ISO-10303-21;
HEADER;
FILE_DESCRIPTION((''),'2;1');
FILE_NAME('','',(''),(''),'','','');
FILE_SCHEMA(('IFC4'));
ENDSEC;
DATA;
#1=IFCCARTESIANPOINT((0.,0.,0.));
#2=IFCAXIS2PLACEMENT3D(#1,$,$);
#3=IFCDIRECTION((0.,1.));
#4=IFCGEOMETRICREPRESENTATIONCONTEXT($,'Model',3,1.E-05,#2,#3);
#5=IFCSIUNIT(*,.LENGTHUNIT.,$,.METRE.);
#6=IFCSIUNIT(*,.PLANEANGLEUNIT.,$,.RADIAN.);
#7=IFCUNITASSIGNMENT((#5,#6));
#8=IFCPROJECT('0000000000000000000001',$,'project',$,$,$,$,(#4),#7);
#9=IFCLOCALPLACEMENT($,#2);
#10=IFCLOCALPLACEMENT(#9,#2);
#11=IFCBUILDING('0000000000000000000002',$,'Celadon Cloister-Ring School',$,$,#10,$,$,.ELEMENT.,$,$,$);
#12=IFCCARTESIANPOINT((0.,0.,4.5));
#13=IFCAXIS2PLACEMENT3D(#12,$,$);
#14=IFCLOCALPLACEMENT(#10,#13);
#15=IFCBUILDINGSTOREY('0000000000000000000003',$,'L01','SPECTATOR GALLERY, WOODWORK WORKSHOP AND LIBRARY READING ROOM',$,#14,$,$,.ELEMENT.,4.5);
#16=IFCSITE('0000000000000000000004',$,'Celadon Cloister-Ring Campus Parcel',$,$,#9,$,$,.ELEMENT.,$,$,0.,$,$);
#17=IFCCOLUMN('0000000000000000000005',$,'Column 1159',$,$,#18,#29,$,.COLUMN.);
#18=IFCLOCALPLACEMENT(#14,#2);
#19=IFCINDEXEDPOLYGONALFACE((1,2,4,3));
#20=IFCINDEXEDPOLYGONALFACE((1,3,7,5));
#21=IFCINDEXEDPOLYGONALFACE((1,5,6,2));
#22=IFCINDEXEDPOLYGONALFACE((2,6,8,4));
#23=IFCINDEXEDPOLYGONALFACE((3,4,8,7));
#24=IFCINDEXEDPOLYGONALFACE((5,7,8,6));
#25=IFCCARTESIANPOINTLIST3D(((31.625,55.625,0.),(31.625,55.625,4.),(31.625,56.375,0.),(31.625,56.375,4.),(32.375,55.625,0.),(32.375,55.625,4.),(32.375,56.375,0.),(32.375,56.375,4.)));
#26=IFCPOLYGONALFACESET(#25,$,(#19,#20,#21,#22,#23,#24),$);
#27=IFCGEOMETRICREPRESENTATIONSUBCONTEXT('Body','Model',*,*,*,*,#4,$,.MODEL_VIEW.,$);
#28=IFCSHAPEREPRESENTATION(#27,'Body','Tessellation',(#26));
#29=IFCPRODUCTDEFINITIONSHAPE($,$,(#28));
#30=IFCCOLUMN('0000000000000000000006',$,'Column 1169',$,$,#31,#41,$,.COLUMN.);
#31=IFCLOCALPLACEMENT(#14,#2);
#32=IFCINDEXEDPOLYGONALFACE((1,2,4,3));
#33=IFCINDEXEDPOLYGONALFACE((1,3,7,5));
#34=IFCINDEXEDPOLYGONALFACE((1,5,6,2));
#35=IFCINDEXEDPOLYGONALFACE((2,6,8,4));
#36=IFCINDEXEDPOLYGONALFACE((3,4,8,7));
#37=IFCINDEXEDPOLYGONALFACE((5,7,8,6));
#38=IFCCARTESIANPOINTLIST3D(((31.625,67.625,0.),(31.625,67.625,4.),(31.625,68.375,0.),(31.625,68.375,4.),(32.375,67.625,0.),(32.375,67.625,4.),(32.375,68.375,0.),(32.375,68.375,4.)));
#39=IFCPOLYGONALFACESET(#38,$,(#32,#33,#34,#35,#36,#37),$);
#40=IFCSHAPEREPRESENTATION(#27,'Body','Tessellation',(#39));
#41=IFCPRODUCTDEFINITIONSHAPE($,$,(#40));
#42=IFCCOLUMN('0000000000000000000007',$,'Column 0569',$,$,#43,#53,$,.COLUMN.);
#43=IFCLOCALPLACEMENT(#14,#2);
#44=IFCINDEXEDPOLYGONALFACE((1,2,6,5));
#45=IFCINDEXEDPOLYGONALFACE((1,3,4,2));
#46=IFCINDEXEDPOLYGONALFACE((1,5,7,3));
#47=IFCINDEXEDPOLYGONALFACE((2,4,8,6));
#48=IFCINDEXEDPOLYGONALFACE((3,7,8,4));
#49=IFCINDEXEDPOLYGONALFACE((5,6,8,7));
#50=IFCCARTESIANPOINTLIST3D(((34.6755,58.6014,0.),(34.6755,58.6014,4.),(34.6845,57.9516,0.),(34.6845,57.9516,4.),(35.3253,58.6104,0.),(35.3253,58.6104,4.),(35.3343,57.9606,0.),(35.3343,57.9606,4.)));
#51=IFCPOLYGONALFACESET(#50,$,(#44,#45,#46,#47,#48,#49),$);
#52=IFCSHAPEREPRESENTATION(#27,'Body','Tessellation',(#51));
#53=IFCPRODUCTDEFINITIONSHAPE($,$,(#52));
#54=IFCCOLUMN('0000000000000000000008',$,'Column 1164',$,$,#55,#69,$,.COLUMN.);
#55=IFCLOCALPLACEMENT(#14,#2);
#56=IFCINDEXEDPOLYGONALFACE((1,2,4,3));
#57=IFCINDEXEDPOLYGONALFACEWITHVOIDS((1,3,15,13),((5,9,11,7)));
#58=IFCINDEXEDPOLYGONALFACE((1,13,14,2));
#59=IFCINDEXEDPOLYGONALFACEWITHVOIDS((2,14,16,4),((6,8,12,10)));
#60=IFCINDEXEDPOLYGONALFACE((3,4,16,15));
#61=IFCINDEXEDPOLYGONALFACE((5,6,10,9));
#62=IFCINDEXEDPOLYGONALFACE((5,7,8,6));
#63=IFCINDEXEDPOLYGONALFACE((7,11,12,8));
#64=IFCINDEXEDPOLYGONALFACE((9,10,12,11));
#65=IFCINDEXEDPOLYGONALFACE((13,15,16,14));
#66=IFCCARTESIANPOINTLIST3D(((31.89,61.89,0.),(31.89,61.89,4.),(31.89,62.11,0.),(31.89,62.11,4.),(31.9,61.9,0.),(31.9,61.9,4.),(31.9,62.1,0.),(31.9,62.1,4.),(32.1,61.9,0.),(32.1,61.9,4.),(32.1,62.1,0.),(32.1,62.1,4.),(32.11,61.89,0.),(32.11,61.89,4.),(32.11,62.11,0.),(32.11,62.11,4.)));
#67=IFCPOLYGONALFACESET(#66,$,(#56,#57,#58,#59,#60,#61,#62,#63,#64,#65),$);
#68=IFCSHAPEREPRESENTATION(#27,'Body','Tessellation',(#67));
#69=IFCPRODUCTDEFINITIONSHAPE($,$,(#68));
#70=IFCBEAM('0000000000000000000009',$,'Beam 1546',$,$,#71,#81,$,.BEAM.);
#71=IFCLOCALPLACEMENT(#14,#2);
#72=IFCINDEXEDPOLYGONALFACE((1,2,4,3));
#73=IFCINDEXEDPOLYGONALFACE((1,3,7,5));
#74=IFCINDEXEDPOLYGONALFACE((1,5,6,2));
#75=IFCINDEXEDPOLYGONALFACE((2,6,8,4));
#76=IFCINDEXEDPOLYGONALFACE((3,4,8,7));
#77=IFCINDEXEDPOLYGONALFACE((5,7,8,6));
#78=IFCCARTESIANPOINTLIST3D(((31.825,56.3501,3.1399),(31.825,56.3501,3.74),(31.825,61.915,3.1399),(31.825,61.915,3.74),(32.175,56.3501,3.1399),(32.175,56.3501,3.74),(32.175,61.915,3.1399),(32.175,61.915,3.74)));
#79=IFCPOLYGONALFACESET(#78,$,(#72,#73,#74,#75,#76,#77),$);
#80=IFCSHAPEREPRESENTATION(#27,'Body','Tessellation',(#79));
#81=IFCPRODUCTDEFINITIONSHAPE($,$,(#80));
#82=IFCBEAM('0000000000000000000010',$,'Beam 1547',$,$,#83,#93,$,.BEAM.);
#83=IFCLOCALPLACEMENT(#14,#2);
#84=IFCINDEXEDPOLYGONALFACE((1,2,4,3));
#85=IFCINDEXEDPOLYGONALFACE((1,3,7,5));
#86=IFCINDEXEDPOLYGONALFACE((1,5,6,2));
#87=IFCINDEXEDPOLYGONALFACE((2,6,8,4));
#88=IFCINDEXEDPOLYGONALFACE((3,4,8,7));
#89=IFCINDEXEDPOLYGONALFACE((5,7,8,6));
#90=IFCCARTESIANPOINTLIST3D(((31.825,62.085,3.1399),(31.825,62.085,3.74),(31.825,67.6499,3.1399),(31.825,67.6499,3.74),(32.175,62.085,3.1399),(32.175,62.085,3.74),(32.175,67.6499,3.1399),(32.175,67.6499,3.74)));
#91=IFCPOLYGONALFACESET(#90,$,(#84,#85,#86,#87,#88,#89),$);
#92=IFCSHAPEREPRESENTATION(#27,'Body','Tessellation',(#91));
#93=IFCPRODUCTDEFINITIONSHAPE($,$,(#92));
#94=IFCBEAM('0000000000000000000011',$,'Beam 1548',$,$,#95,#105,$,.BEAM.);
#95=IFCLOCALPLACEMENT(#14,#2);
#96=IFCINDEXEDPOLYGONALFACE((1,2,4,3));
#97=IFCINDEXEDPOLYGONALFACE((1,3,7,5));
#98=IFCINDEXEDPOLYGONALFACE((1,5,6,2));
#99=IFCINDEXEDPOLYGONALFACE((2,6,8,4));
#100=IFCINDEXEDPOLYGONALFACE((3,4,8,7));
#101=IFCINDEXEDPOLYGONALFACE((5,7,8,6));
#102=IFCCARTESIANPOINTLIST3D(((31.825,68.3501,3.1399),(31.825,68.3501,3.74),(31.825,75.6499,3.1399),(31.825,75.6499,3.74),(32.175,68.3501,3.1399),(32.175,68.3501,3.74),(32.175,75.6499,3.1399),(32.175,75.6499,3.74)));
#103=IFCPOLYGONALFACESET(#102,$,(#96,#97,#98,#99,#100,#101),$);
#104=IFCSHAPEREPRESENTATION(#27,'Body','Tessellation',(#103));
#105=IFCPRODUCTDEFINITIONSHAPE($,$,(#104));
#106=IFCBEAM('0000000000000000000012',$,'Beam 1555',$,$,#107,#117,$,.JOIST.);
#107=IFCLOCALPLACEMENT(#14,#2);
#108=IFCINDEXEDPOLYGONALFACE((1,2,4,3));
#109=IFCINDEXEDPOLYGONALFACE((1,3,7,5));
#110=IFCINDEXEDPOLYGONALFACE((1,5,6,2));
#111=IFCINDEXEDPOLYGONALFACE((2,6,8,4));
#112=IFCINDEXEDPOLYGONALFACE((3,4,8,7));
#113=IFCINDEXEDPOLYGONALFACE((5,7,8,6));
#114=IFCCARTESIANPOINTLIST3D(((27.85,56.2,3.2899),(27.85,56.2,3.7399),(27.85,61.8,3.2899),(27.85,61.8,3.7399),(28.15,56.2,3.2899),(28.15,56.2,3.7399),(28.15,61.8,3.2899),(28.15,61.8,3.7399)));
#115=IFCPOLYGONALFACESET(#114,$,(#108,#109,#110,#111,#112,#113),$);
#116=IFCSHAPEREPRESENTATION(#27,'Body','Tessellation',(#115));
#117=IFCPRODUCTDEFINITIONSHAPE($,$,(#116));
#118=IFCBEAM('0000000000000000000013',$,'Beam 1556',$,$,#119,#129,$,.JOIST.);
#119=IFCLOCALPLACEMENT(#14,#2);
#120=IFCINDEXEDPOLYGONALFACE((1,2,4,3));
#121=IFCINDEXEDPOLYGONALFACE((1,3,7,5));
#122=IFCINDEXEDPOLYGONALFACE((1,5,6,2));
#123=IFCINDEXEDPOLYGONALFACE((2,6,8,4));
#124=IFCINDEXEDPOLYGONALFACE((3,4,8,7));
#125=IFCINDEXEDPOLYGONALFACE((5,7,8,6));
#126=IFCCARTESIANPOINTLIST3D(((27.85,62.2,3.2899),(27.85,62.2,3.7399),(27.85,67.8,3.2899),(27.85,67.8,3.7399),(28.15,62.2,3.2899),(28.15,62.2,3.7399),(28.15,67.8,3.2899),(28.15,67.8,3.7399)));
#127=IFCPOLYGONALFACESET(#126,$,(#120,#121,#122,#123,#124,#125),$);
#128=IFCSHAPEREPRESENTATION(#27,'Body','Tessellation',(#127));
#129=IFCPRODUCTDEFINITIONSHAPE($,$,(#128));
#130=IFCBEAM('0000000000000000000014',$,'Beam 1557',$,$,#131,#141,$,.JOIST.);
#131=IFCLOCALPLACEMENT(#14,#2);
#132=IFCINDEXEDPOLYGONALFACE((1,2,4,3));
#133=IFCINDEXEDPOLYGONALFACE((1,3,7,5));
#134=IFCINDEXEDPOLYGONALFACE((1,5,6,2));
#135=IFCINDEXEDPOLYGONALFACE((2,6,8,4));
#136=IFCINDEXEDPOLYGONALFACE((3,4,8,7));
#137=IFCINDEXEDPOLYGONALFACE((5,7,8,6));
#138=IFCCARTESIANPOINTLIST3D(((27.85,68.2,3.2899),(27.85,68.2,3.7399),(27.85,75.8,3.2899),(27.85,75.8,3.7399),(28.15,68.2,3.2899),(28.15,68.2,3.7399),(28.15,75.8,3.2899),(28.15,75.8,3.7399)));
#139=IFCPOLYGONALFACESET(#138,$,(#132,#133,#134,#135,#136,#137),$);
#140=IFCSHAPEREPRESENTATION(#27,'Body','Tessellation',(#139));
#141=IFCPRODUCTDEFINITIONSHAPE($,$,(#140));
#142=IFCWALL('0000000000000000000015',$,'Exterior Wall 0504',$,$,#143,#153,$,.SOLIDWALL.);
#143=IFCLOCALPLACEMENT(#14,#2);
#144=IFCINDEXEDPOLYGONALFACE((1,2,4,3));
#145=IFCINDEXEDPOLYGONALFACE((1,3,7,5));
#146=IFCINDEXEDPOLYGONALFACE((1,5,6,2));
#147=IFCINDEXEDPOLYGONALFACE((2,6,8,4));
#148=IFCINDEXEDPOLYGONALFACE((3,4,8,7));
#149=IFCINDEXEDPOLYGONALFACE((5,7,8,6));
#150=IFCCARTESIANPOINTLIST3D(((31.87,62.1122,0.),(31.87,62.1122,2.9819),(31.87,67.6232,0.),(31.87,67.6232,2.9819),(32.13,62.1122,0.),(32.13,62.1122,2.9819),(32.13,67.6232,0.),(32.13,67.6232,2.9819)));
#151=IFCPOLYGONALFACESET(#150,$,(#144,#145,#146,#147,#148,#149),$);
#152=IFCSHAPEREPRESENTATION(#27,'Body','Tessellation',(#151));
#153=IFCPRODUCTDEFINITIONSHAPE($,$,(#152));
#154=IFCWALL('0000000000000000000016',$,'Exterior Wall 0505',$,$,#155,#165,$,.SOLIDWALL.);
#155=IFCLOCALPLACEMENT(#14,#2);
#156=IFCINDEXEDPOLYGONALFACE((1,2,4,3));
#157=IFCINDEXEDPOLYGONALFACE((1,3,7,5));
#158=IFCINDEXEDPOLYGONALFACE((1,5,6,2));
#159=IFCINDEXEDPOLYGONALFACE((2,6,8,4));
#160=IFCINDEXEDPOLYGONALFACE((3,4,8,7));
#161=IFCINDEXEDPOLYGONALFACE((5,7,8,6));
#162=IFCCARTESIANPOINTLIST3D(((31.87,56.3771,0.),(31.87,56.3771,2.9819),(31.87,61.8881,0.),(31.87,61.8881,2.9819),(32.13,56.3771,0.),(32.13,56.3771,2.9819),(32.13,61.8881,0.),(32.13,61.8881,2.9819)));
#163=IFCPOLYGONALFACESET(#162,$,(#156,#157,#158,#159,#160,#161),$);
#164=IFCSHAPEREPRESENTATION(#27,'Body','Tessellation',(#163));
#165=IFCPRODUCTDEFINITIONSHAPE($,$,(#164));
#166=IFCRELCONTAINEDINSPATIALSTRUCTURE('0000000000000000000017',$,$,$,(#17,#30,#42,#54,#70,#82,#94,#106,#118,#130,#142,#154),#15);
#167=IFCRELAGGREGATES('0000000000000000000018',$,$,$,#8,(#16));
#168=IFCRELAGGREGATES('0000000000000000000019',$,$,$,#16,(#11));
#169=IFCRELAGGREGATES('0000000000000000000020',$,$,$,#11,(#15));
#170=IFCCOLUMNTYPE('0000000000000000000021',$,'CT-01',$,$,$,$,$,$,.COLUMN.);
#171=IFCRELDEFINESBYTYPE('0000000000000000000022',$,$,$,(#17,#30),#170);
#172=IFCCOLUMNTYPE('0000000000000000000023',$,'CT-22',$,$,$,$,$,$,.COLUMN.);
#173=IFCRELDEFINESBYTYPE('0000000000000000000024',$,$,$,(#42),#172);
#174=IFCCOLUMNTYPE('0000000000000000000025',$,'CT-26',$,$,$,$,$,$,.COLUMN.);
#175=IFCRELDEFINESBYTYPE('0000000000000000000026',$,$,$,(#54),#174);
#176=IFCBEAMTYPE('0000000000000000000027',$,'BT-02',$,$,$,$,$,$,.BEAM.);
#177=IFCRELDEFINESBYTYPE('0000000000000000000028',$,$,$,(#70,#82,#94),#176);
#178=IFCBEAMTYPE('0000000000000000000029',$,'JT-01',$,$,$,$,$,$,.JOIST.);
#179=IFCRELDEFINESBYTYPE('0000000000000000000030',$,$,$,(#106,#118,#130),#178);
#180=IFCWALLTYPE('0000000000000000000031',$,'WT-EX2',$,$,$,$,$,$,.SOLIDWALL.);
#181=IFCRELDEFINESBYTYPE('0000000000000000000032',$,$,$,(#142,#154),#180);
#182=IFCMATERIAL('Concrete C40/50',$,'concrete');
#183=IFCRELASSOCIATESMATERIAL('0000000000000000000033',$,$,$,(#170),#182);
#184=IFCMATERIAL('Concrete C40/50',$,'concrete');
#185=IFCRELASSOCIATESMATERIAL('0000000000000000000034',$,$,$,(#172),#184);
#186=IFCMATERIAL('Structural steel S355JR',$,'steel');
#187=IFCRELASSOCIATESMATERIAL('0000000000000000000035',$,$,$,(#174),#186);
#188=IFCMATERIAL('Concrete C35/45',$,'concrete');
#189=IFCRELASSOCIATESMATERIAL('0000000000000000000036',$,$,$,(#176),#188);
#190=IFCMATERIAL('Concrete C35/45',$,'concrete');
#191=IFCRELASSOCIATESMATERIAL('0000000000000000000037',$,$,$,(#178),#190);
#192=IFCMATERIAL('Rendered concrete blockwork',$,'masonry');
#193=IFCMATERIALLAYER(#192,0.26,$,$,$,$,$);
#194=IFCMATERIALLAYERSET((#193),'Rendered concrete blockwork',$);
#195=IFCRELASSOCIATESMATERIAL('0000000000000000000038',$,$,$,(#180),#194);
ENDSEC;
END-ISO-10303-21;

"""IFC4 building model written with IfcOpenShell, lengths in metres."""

from ifc_helpers import new_model, si_unit, direction, frame, frame_2d, origin, origin_2d, place, context, subcontext, project, spatial, rectangle, hollow_rectangle, extrude, material, layer, layer_set, material_profile, profile_set, type_object, element, save


model = new_model("IFC4")

# Units and contexts
model_context = context("Model", 3, precision=1e-05, world=origin(), true_north=direction((0.0, 1.0)))
body_context = subcontext(model_context, "Body", "Model", "MODEL_VIEW")
ifc_project = project(units=[si_unit("LENGTHUNIT", "METRE"), si_unit("PLANEANGLEUNIT", "RADIAN")], contexts=[model_context])

# Site, building, storey
site_placement = place(None, origin())
site = spatial("IfcSite", under=ifc_project, at=site_placement, Name="Celadon Cloister-Ring Campus Parcel", CompositionType="ELEMENT", RefElevation=0.0)
building_placement = place(site_placement, origin())
building = spatial("IfcBuilding", under=site, at=building_placement, Name="Celadon Cloister-Ring School", CompositionType="ELEMENT")
storey_placement = place(building_placement, frame((0.0, 0.0, 4.5)))
storey = spatial("IfcBuildingStorey", under=building, at=storey_placement, Name="L01", Description="SPECTATOR GALLERY, WOODWORK WORKSHOP AND LIBRARY READING ROOM", CompositionType="ELEMENT", Elevation=4.5)

# Columns
ifc_material_1 = material(Name="Concrete C40/50", Category="concrete")
ifc_material_profile_1 = material_profile(ifc_material_1, rectangle(XDim=0.75, YDim=0.75, at=origin_2d()), Name="RC750X750")
ifc_profile_set_1 = profile_set([ifc_material_profile_1], Name="Concrete C40/50")
column_type_1 = type_object("IfcColumnType", Name="CT-01", PredefinedType="COLUMN", material=ifc_profile_set_1)
for number, where, z_axis, x_axis, name in (
    (1, (32.0, 56.0, 0.0), (0.0, 0.0, 1.0), (1.0, 0.0, 0.0), "Column 1159"),
    (2, (32.0, 68.0, 0.0), (0.0, 0.0, 1.0), (1.0, 0.0, 0.0), "Column 1169"),
):
    element("IfcColumn", number, at=place(storey_placement, frame(where, z_axis=z_axis, x_axis=x_axis)), inside=storey, type_object=column_type_1, Name=name, PredefinedType="COLUMN", context=body_context, shape_type="SweptSolid", body=[
        extrude(rectangle(XDim=0.75, YDim=0.75, at=origin_2d()), origin(), (0.0, 0.0, 1.0), 4.0),
    ])
ifc_material_2 = material(Name="Concrete C40/50", Category="concrete")
ifc_material_profile_2 = material_profile(ifc_material_2, rectangle(XDim=0.6499, YDim=0.6499, at=origin_2d()), Name="RC650X650")
ifc_profile_set_2 = profile_set([ifc_material_profile_2], Name="Concrete C40/50")
column_type_2 = type_object("IfcColumnType", Name="CT-22", PredefinedType="COLUMN", material=ifc_profile_set_2)
column_1_placement = place(storey_placement, frame((35.0049, 58.281, 0.0), z_axis=(0.0, 0.0, 1.0), x_axis=(-0.999904, -0.013823, 0.0)))
element("IfcColumn", 3, at=column_1_placement, inside=storey, type_object=column_type_2, Name="Column 0569", PredefinedType="COLUMN", context=body_context, shape_type="SweptSolid", body=[
    extrude(rectangle(XDim=0.6499, YDim=0.6499, at=origin_2d()), origin(), (0.0, 0.0, 1.0), 4.0),
])
ifc_material_3 = material(Name="Structural steel S355JR", Category="steel")
ifc_material_profile_3 = material_profile(ifc_material_3, hollow_rectangle(XDim=0.22, YDim=0.22, WallThickness=0.01, at=origin_2d()), Name="HSS220X220X10")
ifc_profile_set_3 = profile_set([ifc_material_profile_3], Name="Structural steel S355JR")
column_type_3 = type_object("IfcColumnType", Name="CT-26", PredefinedType="COLUMN", material=ifc_profile_set_3)
column_2_placement = place(storey_placement, frame((32.0, 62.0, 0.0), z_axis=(0.0, 0.0, 1.0), x_axis=(1.0, 0.0, 0.0)))
element("IfcColumn", 4, at=column_2_placement, inside=storey, type_object=column_type_3, Name="Column 1164", PredefinedType="COLUMN", context=body_context, shape_type="SweptSolid", body=[
    extrude(hollow_rectangle(XDim=0.22, YDim=0.22, WallThickness=0.01, at=origin_2d()), origin(), (0.0, 0.0, 1.0), 4.0),
])

# Beams
ifc_material_4 = material(Name="Concrete C35/45", Category="concrete")
ifc_material_profile_4 = material_profile(ifc_material_4, rectangle(XDim=0.3501, YDim=0.6001, at=origin_2d()), Name="RC350X600")
ifc_profile_set_4 = profile_set([ifc_material_profile_4], Name="Concrete C35/45")
beam_type_1 = type_object("IfcBeamType", Name="BT-02", PredefinedType="BEAM", material=ifc_profile_set_4)
for number, where, z_axis, x_axis, name in (
    (5, (32.0, 56.3501, 3.4399), (0.0, 1.0, 0.0), (-1.0, 0.0, 0.0), "Beam 1546"),
    (6, (32.0, 62.085, 3.4399), (0.0, 1.0, 0.0), (-1.0, 0.0, 0.0), "Beam 1547"),
):
    element("IfcBeam", number, at=place(storey_placement, frame(where, z_axis=z_axis, x_axis=x_axis)), inside=storey, type_object=beam_type_1, Name=name, PredefinedType="BEAM", context=body_context, shape_type="SweptSolid", body=[
        extrude(rectangle(XDim=0.3501, YDim=0.6001, at=origin_2d()), origin(), (0.0, 0.0, 1.0), 5.5649),
    ])
beam_1_placement = place(storey_placement, frame((32.0, 68.3501, 3.4399), z_axis=(0.0, 1.0, 0.0), x_axis=(-1.0, 0.0, 0.0)))
element("IfcBeam", 7, at=beam_1_placement, inside=storey, type_object=beam_type_1, Name="Beam 1548", PredefinedType="BEAM", context=body_context, shape_type="SweptSolid", body=[
    extrude(rectangle(XDim=0.3501, YDim=0.6001, at=origin_2d()), origin(), (0.0, 0.0, 1.0), 7.2998),
])
ifc_material_5 = material(Name="Concrete C35/45", Category="concrete")
ifc_material_profile_5 = material_profile(ifc_material_5, rectangle(XDim=0.3, YDim=0.45, at=origin_2d()), Name="RC300X450")
ifc_profile_set_5 = profile_set([ifc_material_profile_5], Name="Concrete C35/45")
beam_type_2 = type_object("IfcBeamType", Name="JT-01", PredefinedType="JOIST", material=ifc_profile_set_5)
for number, where, z_axis, x_axis, name in (
    (8, (28.0, 56.2, 3.5149), (0.0, 1.0, 0.0), (-1.0, 0.0, 0.0), "Beam 1555"),
    (9, (28.0, 62.2, 3.5149), (0.0, 1.0, 0.0), (-1.0, 0.0, 0.0), "Beam 1556"),
):
    element("IfcBeam", number, at=place(storey_placement, frame(where, z_axis=z_axis, x_axis=x_axis)), inside=storey, type_object=beam_type_2, Name=name, PredefinedType="JOIST", context=body_context, shape_type="SweptSolid", body=[
        extrude(rectangle(XDim=0.3, YDim=0.45, at=origin_2d()), origin(), (0.0, 0.0, 1.0), 5.6001),
    ])
beam_2_placement = place(storey_placement, frame((28.0, 68.2, 3.5149), z_axis=(0.0, 1.0, 0.0), x_axis=(-1.0, 0.0, 0.0)))
element("IfcBeam", 10, at=beam_2_placement, inside=storey, type_object=beam_type_2, Name="Beam 1557", PredefinedType="JOIST", context=body_context, shape_type="SweptSolid", body=[
    extrude(rectangle(XDim=0.3, YDim=0.45, at=origin_2d()), origin(), (0.0, 0.0, 1.0), 7.6001),
])

# Walls
ifc_material_6 = material(Name="Rendered concrete blockwork", Category="masonry")
ifc_layer_1 = layer(ifc_material_6, 0.26)
ifc_layer_set_1 = layer_set([ifc_layer_1], Name="Rendered concrete blockwork")
wall_type_1 = type_object("IfcWallType", Name="WT-EX2", PredefinedType="SOLIDWALL", material=ifc_layer_set_1)
for number, where, z_axis, x_axis, name in (
    (11, (32.0, 67.623, 0.0), (0.0, 0.0, 1.0), (0.0, -1.0, 0.0), "Exterior Wall 0504"),
    (12, (32.0, 61.8879, 0.0), (0.0, 0.0, 1.0), (0.0, -1.0, 0.0), "Exterior Wall 0505"),
):
    element("IfcWall", number, at=place(storey_placement, frame(where, z_axis=z_axis, x_axis=x_axis)), inside=storey, type_object=wall_type_1, Name=name, PredefinedType="SOLIDWALL", context=body_context, shape_type="SweptSolid", body=[
        extrude(rectangle(XDim=5.511, YDim=0.26, at=frame_2d((2.7554, 0.0))), origin(), (0.0, 0.0, 1.0), 2.9819),
    ])

save(model, "model.ifc")
